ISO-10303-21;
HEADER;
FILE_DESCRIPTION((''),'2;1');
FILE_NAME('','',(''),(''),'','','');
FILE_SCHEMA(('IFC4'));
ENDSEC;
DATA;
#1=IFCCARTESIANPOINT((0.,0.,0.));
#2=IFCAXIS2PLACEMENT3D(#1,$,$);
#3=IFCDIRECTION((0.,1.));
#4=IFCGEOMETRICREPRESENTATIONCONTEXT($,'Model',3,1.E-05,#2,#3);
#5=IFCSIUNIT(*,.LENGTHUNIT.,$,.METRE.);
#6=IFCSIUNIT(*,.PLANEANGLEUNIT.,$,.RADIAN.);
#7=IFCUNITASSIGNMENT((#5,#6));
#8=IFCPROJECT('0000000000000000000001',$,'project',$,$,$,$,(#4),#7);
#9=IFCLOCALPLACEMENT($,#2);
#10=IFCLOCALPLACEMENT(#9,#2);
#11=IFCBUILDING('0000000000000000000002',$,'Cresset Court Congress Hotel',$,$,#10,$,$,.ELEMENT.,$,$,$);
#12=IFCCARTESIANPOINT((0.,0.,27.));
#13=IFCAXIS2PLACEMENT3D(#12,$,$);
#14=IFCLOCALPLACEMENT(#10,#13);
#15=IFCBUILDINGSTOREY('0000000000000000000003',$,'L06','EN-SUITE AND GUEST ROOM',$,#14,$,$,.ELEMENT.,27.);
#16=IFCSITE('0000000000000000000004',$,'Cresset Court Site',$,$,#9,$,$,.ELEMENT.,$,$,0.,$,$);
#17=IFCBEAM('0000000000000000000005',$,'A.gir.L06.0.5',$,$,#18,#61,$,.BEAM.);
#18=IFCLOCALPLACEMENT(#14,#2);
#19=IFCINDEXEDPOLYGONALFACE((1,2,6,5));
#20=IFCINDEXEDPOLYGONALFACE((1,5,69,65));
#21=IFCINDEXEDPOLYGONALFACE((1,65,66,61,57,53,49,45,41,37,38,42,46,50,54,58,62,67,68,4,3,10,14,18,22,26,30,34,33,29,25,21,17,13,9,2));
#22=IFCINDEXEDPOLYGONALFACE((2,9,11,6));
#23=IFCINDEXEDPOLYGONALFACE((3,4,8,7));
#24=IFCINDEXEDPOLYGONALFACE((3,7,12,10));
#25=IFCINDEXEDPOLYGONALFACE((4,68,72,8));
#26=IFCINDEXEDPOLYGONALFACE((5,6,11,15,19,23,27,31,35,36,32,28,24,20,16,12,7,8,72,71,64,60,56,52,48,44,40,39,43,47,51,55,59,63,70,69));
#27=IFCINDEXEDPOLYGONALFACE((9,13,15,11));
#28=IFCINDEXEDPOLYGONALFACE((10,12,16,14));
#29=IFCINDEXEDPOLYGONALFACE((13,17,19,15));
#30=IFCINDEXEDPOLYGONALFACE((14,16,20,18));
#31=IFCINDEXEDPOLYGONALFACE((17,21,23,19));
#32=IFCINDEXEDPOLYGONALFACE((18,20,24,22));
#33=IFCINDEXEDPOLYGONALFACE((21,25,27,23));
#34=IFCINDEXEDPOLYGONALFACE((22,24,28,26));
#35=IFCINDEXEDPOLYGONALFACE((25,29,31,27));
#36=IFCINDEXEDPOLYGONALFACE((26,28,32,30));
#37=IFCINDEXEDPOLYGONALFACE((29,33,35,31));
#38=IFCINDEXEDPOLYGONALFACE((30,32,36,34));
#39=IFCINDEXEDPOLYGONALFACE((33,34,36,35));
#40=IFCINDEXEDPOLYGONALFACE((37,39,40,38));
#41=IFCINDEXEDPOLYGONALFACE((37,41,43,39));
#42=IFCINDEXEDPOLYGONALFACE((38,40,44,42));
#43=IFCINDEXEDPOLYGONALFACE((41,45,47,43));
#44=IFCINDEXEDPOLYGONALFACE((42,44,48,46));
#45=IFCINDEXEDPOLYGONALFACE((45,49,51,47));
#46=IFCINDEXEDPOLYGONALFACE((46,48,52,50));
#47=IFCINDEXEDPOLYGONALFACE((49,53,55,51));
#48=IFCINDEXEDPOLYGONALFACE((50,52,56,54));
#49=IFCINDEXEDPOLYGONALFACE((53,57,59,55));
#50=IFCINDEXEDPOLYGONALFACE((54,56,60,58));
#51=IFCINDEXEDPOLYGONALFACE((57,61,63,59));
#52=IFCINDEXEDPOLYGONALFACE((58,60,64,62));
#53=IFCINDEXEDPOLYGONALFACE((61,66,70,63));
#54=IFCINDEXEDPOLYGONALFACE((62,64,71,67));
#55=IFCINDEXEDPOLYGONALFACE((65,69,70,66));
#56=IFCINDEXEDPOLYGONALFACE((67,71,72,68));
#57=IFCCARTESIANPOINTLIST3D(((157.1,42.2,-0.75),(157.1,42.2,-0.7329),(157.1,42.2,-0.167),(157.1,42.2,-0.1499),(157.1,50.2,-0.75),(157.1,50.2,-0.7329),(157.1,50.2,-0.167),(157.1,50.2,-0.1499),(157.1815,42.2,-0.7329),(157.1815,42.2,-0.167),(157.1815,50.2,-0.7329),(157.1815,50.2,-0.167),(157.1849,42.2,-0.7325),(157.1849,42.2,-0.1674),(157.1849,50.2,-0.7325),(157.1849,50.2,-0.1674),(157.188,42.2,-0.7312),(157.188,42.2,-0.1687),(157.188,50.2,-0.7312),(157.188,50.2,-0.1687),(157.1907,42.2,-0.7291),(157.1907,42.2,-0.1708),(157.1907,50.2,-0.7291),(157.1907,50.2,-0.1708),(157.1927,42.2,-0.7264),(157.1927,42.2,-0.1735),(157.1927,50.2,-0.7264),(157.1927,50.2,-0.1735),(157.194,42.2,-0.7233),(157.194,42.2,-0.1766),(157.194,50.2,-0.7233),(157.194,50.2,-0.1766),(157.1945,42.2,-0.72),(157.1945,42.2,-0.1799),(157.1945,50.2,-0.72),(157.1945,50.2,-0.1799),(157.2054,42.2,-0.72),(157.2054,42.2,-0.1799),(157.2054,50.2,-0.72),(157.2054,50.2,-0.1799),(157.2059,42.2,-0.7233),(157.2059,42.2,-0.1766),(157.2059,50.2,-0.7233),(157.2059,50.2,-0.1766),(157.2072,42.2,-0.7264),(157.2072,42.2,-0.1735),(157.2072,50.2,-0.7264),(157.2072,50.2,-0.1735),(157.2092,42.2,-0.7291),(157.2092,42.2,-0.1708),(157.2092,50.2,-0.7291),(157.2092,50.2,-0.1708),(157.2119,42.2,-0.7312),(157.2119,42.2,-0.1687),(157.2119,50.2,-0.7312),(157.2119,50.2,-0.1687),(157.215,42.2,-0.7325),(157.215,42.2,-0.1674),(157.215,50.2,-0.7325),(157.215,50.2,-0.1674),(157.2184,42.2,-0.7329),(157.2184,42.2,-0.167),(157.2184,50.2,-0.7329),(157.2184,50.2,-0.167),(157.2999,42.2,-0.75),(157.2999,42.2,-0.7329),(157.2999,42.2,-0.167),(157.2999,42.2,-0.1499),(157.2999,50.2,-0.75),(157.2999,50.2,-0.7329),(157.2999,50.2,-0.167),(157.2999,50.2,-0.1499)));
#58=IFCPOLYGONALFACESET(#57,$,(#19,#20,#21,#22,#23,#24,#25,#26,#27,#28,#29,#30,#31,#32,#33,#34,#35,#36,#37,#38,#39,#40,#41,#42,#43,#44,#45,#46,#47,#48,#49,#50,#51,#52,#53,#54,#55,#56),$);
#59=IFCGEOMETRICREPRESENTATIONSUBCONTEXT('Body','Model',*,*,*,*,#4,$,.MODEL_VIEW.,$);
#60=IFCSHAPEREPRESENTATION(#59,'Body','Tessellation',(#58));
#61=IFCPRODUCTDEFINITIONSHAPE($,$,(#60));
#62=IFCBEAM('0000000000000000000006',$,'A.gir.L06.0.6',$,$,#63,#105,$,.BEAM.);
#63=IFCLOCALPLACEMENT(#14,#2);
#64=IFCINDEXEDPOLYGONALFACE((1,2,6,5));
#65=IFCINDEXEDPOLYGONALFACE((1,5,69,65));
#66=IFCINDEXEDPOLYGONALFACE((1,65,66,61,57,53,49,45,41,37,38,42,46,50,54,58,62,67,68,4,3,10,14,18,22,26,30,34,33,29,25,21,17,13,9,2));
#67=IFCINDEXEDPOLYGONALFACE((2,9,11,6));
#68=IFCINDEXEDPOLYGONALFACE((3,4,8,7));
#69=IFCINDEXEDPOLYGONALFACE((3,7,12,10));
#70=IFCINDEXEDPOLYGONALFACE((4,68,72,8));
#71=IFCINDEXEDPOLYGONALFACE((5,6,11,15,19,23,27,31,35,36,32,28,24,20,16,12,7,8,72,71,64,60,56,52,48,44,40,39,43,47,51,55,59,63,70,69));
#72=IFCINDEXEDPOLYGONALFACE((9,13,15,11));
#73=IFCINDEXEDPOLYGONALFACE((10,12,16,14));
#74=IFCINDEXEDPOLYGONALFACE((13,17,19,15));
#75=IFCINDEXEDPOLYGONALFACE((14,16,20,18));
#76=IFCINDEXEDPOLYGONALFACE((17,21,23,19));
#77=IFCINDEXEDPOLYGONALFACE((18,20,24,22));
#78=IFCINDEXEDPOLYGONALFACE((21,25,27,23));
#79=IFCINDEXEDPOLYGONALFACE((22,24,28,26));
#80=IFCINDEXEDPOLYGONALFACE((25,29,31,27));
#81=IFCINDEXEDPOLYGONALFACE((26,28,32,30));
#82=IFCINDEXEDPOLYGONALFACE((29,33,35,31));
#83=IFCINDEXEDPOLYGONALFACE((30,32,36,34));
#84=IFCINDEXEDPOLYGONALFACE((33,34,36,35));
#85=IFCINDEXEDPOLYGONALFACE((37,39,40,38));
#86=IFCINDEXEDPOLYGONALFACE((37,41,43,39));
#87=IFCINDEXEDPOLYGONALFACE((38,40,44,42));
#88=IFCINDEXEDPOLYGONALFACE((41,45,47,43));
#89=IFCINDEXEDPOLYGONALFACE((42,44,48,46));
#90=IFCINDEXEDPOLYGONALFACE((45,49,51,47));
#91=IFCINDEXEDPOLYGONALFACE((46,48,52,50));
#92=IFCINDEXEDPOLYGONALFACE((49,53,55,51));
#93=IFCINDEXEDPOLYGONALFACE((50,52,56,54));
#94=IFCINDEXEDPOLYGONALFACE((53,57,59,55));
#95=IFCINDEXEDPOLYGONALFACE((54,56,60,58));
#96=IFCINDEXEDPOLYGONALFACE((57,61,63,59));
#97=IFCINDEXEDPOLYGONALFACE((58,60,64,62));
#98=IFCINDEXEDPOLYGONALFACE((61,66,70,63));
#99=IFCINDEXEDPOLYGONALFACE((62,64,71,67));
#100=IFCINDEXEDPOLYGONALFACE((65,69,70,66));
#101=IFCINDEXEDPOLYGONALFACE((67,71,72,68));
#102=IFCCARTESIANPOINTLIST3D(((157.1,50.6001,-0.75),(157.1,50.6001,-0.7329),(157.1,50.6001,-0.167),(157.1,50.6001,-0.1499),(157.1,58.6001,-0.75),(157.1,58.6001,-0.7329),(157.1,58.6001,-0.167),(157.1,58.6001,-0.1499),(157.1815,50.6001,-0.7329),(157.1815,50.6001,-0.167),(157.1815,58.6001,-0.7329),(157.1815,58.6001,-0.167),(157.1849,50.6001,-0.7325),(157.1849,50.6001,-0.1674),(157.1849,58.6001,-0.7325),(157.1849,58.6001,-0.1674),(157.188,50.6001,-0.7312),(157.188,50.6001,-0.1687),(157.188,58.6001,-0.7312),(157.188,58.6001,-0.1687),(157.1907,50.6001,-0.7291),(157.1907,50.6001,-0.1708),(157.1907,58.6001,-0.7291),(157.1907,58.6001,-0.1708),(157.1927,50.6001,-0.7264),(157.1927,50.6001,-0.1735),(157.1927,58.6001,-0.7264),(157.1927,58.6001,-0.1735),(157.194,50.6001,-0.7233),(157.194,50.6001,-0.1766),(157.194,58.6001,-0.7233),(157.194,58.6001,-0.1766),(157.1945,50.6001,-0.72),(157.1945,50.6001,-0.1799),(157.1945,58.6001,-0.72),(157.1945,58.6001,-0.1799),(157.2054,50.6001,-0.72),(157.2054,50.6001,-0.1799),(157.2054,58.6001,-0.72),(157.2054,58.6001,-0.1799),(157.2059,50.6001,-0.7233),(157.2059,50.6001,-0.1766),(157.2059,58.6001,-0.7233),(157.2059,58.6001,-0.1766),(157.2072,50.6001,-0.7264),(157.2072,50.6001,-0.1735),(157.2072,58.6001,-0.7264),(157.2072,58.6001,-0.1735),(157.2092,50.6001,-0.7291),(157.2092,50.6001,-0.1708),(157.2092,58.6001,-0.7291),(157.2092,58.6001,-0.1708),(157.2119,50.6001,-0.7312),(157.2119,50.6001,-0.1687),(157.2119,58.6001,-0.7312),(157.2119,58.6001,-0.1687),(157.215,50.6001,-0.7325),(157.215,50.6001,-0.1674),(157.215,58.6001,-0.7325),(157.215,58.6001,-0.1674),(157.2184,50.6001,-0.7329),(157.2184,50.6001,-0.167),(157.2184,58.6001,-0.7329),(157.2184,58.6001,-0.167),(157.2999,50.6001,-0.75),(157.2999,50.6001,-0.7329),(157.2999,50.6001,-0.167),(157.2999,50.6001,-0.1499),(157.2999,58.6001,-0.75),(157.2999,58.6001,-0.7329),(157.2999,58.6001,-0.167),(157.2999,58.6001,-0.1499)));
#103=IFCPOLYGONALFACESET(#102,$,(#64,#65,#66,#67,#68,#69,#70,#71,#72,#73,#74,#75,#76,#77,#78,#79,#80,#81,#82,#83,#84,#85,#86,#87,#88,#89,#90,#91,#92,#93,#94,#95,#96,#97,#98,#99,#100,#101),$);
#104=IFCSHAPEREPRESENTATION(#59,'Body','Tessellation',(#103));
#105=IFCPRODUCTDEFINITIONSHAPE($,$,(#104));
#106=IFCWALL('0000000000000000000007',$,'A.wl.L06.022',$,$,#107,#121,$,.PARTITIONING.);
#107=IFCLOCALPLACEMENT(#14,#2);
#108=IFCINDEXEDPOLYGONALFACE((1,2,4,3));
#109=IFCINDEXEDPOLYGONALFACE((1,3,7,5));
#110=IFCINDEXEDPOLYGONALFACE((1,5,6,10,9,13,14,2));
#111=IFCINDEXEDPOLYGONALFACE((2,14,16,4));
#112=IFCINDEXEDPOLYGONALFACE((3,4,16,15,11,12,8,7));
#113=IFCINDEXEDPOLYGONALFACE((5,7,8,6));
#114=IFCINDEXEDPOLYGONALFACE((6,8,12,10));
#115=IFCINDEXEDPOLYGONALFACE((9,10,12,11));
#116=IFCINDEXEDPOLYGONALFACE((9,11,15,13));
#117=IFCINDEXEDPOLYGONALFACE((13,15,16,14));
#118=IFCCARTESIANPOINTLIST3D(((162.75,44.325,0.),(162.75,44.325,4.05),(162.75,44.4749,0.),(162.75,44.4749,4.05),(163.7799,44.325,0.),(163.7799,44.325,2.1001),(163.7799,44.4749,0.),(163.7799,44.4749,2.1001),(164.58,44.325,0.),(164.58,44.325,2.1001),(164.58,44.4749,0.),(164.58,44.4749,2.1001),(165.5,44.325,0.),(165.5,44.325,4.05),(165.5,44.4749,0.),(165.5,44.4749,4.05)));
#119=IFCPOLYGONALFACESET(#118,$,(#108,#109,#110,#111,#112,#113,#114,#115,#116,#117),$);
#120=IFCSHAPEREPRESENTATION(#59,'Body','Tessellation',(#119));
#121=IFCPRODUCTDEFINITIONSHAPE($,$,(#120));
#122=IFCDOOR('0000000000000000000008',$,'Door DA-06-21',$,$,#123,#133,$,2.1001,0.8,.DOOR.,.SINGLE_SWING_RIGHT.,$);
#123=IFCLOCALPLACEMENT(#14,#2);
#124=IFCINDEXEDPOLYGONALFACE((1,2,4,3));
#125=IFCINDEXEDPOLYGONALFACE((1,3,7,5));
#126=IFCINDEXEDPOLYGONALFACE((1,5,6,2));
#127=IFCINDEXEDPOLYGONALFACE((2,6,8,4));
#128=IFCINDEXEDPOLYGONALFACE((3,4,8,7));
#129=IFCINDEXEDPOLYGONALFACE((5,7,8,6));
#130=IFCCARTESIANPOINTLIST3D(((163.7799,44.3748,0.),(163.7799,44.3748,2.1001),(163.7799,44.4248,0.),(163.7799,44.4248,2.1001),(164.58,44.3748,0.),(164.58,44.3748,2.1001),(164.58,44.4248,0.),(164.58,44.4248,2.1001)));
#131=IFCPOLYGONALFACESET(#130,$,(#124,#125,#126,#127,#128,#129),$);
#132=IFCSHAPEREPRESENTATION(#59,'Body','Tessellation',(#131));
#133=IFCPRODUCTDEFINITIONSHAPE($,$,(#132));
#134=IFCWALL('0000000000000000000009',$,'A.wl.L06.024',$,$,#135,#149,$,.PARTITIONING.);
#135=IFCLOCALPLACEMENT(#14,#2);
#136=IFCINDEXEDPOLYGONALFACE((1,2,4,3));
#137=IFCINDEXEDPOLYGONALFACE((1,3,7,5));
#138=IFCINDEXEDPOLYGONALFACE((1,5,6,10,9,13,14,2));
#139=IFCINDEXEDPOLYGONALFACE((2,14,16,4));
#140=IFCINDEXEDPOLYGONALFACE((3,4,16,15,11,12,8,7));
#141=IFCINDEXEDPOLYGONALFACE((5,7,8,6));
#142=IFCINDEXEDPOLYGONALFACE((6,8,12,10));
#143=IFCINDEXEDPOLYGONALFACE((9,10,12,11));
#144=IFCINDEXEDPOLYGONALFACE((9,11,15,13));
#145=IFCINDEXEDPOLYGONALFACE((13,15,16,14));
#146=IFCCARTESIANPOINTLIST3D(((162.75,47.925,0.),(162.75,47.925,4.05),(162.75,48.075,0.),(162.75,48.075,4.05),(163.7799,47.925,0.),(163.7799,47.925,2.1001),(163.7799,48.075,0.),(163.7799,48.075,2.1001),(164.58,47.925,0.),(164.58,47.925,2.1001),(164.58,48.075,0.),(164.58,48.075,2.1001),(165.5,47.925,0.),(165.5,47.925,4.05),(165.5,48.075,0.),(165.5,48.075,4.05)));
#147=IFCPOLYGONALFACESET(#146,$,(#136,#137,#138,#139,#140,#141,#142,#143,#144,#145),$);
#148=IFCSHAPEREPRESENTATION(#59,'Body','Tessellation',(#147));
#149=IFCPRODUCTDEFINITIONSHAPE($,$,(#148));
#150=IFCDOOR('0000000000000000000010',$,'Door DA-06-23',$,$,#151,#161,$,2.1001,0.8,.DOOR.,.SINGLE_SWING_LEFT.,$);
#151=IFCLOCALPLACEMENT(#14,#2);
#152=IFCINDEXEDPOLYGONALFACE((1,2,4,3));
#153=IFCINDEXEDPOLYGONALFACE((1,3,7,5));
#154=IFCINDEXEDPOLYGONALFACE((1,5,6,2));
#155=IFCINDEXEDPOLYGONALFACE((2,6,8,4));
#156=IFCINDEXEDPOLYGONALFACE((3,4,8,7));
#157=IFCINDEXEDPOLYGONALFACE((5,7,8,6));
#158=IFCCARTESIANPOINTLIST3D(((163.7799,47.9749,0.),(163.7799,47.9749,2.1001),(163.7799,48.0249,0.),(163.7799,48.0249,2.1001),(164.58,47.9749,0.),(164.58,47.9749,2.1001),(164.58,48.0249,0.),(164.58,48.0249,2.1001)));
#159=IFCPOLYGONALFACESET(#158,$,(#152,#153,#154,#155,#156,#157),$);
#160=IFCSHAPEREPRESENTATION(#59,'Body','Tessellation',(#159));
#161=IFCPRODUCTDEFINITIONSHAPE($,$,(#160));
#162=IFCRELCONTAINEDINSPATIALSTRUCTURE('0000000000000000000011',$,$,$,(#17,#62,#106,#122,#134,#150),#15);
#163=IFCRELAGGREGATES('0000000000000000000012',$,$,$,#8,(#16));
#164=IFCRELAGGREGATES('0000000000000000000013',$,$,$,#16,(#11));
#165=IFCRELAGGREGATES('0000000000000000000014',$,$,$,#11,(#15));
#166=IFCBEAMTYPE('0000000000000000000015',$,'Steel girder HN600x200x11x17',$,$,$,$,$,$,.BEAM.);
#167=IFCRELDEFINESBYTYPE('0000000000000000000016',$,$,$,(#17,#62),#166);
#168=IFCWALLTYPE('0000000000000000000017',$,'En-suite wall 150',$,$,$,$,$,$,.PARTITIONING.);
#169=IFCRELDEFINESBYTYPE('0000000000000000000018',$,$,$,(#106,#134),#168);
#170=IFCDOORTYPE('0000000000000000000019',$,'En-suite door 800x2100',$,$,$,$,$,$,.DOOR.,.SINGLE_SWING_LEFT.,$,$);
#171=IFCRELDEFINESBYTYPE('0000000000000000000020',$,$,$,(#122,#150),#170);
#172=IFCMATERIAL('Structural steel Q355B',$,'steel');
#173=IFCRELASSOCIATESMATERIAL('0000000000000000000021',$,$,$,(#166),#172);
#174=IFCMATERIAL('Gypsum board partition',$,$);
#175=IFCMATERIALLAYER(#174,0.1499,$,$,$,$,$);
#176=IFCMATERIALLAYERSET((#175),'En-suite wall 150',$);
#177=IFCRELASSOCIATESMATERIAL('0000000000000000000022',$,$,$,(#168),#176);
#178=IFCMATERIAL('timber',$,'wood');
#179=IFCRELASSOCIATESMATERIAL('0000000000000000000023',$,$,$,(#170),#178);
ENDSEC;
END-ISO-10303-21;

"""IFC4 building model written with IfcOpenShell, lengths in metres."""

from ifc_helpers import new_model, si_unit, direction, frame, frame_2d, origin, origin_2d, place, context, subcontext, project, spatial, rectangle, i_section, extrude, material, layer, layer_set, material_profile, profile_set, type_object, element, fill, save


model = new_model("IFC4")

# Units and contexts
model_context = context("Model", 3, precision=1e-05, world=origin(), true_north=direction((0.0, 1.0)))
body_context = subcontext(model_context, "Body", "Model", "MODEL_VIEW")
ifc_project = project(units=[si_unit("LENGTHUNIT", "METRE"), si_unit("PLANEANGLEUNIT", "RADIAN")], contexts=[model_context])

# Site, building, storey
site_placement = place(None, origin())
site = spatial("IfcSite", under=ifc_project, at=site_placement, Name="Cresset Court Site", CompositionType="ELEMENT", RefElevation=0.0)
building_placement = place(site_placement, origin())
building = spatial("IfcBuilding", under=site, at=building_placement, Name="Cresset Court Congress Hotel", CompositionType="ELEMENT")
storey_placement = place(building_placement, frame((0.0, 0.0, 27.0)))
storey = spatial("IfcBuildingStorey", under=building, at=storey_placement, Name="L06", Description="EN-SUITE AND GUEST ROOM", CompositionType="ELEMENT", Elevation=27.0)

# Beams
ifc_material_1 = material(Name="Structural steel Q355B", Category="steel")
ifc_material_profile_1 = material_profile(ifc_material_1, i_section(OverallWidth=0.2, OverallDepth=0.6001, WebThickness=0.011, FlangeThickness=0.0171, FilletRadius=0.0129, at=origin_2d()), Name="HN600x200x11x17")
ifc_profile_set_1 = profile_set([ifc_material_profile_1], Name="Structural steel Q355B")
beam_type_1 = type_object("IfcBeamType", Name="Steel girder HN600x200x11x17", PredefinedType="BEAM", material=ifc_profile_set_1)
for number, where, z_axis, x_axis, name in (
    (1, (157.2, 42.2, -0.45), (0.0, 1.0, 0.0), (-1.0, 0.0, 0.0), "A.gir.L06.0.5"),
    (2, (157.2, 50.6001, -0.45), (0.0, 1.0, 0.0), (-1.0, 0.0, 0.0), "A.gir.L06.0.6"),
):
    element("IfcBeam", number, at=place(storey_placement, frame(where, z_axis=z_axis, x_axis=x_axis)), inside=storey, type_object=beam_type_1, Name=name, PredefinedType="BEAM", context=body_context, shape_type="SweptSolid", body=[
        extrude(i_section(OverallWidth=0.2, OverallDepth=0.6001, WebThickness=0.011, FlangeThickness=0.0171, FilletRadius=0.0129, at=origin_2d()), origin(), (0.0, 0.0, 1.0), 8.0),
    ])

# Walls, openings, doors
ifc_material_2 = material(Name="Gypsum board partition")
ifc_layer_1 = layer(ifc_material_2, 0.1499)
ifc_layer_set_1 = layer_set([ifc_layer_1], Name="En-suite wall 150")
wall_type_1 = type_object("IfcWallType", Name="En-suite wall 150", PredefinedType="PARTITIONING", material=ifc_layer_set_1)
wall_1_placement = place(storey_placement, frame((162.75, 44.3999, 0.0), z_axis=(0.0, 0.0, 1.0), x_axis=(1.0, 0.0, 0.0)))
wall_1 = element("IfcWall", 3, at=wall_1_placement, inside=storey, type_object=wall_type_1, Name="A.wl.L06.022", PredefinedType="PARTITIONING", context=body_context, shape_type="SweptSolid", body=[
    extrude(rectangle(XDim=2.75, YDim=0.1499, at=frame_2d((1.375, 0.0))), origin(), (0.0, 0.0, 1.0), 4.05),
])
opening_1_placement = place(wall_1_placement, frame((1.03, 0.0, 0.0)))
opening_1 = element("IfcOpeningElement", 4, at=opening_1_placement, cuts=wall_1, PredefinedType="OPENING", context=body_context, shape_type="SweptSolid", body=[
    extrude(rectangle(XDim=0.8, YDim=2.1001, at=frame_2d((0.3999, 1.05))), frame((0.0, 0.085, 0.0), z_axis=(0.0, -1.0, 0.0), x_axis=(1.0, 0.0, 0.0)), (0.0, 0.0, 1.0), 0.1699),
])
ifc_material_3 = material(Name="timber", Category="wood")
door_type = type_object("IfcDoorType", Name="En-suite door 800x2100", OperationType="SINGLE_SWING_LEFT", PredefinedType="DOOR", material=ifc_material_3)
door_1_placement = place(opening_1_placement, origin())
door_1 = element("IfcDoor", 5, at=door_1_placement, inside=storey, type_object=door_type, Name="Door DA-06-21", OperationType="SINGLE_SWING_RIGHT", OverallHeight=2.1001, OverallWidth=0.8, PredefinedType="DOOR", context=body_context, shape_type="SweptSolid", body=[
    extrude(rectangle(XDim=0.8, YDim=2.1001, at=frame_2d((0.3999, 1.05))), frame((0.0, 0.0249, 0.0), z_axis=(0.0, -1.0, 0.0), x_axis=(1.0, 0.0, 0.0)), (0.0, 0.0, 1.0), 0.05),
])
fill(opening_1, door_1)
wall_2_placement = place(storey_placement, frame((162.75, 48.0, 0.0), z_axis=(0.0, 0.0, 1.0), x_axis=(1.0, 0.0, 0.0)))
wall_2 = element("IfcWall", 6, at=wall_2_placement, inside=storey, type_object=wall_type_1, Name="A.wl.L06.024", PredefinedType="PARTITIONING", context=body_context, shape_type="SweptSolid", body=[
    extrude(rectangle(XDim=2.75, YDim=0.1499, at=frame_2d((1.375, 0.0))), origin(), (0.0, 0.0, 1.0), 4.05),
])
opening_2_placement = place(wall_2_placement, frame((1.03, 0.0, 0.0)))
opening_2 = element("IfcOpeningElement", 7, at=opening_2_placement, cuts=wall_2, PredefinedType="OPENING", context=body_context, shape_type="SweptSolid", body=[
    extrude(rectangle(XDim=0.8, YDim=2.1001, at=frame_2d((0.3999, 1.05))), frame((0.0, 0.085, 0.0), z_axis=(0.0, -1.0, 0.0), x_axis=(1.0, 0.0, 0.0)), (0.0, 0.0, 1.0), 0.1699),
])
door_2_placement = place(opening_2_placement, origin())
door_2 = element("IfcDoor", 8, at=door_2_placement, inside=storey, type_object=door_type, Name="Door DA-06-23", OperationType="SINGLE_SWING_LEFT", OverallHeight=2.1001, OverallWidth=0.8, PredefinedType="DOOR", context=body_context, shape_type="SweptSolid", body=[
    extrude(rectangle(XDim=0.8, YDim=2.1001, at=frame_2d((0.3999, 1.05))), frame((0.0, 0.0249, 0.0), z_axis=(0.0, -1.0, 0.0), x_axis=(1.0, 0.0, 0.0)), (0.0, 0.0, 1.0), 0.05),
])
fill(opening_2, door_2)

save(model, "model.ifc")
